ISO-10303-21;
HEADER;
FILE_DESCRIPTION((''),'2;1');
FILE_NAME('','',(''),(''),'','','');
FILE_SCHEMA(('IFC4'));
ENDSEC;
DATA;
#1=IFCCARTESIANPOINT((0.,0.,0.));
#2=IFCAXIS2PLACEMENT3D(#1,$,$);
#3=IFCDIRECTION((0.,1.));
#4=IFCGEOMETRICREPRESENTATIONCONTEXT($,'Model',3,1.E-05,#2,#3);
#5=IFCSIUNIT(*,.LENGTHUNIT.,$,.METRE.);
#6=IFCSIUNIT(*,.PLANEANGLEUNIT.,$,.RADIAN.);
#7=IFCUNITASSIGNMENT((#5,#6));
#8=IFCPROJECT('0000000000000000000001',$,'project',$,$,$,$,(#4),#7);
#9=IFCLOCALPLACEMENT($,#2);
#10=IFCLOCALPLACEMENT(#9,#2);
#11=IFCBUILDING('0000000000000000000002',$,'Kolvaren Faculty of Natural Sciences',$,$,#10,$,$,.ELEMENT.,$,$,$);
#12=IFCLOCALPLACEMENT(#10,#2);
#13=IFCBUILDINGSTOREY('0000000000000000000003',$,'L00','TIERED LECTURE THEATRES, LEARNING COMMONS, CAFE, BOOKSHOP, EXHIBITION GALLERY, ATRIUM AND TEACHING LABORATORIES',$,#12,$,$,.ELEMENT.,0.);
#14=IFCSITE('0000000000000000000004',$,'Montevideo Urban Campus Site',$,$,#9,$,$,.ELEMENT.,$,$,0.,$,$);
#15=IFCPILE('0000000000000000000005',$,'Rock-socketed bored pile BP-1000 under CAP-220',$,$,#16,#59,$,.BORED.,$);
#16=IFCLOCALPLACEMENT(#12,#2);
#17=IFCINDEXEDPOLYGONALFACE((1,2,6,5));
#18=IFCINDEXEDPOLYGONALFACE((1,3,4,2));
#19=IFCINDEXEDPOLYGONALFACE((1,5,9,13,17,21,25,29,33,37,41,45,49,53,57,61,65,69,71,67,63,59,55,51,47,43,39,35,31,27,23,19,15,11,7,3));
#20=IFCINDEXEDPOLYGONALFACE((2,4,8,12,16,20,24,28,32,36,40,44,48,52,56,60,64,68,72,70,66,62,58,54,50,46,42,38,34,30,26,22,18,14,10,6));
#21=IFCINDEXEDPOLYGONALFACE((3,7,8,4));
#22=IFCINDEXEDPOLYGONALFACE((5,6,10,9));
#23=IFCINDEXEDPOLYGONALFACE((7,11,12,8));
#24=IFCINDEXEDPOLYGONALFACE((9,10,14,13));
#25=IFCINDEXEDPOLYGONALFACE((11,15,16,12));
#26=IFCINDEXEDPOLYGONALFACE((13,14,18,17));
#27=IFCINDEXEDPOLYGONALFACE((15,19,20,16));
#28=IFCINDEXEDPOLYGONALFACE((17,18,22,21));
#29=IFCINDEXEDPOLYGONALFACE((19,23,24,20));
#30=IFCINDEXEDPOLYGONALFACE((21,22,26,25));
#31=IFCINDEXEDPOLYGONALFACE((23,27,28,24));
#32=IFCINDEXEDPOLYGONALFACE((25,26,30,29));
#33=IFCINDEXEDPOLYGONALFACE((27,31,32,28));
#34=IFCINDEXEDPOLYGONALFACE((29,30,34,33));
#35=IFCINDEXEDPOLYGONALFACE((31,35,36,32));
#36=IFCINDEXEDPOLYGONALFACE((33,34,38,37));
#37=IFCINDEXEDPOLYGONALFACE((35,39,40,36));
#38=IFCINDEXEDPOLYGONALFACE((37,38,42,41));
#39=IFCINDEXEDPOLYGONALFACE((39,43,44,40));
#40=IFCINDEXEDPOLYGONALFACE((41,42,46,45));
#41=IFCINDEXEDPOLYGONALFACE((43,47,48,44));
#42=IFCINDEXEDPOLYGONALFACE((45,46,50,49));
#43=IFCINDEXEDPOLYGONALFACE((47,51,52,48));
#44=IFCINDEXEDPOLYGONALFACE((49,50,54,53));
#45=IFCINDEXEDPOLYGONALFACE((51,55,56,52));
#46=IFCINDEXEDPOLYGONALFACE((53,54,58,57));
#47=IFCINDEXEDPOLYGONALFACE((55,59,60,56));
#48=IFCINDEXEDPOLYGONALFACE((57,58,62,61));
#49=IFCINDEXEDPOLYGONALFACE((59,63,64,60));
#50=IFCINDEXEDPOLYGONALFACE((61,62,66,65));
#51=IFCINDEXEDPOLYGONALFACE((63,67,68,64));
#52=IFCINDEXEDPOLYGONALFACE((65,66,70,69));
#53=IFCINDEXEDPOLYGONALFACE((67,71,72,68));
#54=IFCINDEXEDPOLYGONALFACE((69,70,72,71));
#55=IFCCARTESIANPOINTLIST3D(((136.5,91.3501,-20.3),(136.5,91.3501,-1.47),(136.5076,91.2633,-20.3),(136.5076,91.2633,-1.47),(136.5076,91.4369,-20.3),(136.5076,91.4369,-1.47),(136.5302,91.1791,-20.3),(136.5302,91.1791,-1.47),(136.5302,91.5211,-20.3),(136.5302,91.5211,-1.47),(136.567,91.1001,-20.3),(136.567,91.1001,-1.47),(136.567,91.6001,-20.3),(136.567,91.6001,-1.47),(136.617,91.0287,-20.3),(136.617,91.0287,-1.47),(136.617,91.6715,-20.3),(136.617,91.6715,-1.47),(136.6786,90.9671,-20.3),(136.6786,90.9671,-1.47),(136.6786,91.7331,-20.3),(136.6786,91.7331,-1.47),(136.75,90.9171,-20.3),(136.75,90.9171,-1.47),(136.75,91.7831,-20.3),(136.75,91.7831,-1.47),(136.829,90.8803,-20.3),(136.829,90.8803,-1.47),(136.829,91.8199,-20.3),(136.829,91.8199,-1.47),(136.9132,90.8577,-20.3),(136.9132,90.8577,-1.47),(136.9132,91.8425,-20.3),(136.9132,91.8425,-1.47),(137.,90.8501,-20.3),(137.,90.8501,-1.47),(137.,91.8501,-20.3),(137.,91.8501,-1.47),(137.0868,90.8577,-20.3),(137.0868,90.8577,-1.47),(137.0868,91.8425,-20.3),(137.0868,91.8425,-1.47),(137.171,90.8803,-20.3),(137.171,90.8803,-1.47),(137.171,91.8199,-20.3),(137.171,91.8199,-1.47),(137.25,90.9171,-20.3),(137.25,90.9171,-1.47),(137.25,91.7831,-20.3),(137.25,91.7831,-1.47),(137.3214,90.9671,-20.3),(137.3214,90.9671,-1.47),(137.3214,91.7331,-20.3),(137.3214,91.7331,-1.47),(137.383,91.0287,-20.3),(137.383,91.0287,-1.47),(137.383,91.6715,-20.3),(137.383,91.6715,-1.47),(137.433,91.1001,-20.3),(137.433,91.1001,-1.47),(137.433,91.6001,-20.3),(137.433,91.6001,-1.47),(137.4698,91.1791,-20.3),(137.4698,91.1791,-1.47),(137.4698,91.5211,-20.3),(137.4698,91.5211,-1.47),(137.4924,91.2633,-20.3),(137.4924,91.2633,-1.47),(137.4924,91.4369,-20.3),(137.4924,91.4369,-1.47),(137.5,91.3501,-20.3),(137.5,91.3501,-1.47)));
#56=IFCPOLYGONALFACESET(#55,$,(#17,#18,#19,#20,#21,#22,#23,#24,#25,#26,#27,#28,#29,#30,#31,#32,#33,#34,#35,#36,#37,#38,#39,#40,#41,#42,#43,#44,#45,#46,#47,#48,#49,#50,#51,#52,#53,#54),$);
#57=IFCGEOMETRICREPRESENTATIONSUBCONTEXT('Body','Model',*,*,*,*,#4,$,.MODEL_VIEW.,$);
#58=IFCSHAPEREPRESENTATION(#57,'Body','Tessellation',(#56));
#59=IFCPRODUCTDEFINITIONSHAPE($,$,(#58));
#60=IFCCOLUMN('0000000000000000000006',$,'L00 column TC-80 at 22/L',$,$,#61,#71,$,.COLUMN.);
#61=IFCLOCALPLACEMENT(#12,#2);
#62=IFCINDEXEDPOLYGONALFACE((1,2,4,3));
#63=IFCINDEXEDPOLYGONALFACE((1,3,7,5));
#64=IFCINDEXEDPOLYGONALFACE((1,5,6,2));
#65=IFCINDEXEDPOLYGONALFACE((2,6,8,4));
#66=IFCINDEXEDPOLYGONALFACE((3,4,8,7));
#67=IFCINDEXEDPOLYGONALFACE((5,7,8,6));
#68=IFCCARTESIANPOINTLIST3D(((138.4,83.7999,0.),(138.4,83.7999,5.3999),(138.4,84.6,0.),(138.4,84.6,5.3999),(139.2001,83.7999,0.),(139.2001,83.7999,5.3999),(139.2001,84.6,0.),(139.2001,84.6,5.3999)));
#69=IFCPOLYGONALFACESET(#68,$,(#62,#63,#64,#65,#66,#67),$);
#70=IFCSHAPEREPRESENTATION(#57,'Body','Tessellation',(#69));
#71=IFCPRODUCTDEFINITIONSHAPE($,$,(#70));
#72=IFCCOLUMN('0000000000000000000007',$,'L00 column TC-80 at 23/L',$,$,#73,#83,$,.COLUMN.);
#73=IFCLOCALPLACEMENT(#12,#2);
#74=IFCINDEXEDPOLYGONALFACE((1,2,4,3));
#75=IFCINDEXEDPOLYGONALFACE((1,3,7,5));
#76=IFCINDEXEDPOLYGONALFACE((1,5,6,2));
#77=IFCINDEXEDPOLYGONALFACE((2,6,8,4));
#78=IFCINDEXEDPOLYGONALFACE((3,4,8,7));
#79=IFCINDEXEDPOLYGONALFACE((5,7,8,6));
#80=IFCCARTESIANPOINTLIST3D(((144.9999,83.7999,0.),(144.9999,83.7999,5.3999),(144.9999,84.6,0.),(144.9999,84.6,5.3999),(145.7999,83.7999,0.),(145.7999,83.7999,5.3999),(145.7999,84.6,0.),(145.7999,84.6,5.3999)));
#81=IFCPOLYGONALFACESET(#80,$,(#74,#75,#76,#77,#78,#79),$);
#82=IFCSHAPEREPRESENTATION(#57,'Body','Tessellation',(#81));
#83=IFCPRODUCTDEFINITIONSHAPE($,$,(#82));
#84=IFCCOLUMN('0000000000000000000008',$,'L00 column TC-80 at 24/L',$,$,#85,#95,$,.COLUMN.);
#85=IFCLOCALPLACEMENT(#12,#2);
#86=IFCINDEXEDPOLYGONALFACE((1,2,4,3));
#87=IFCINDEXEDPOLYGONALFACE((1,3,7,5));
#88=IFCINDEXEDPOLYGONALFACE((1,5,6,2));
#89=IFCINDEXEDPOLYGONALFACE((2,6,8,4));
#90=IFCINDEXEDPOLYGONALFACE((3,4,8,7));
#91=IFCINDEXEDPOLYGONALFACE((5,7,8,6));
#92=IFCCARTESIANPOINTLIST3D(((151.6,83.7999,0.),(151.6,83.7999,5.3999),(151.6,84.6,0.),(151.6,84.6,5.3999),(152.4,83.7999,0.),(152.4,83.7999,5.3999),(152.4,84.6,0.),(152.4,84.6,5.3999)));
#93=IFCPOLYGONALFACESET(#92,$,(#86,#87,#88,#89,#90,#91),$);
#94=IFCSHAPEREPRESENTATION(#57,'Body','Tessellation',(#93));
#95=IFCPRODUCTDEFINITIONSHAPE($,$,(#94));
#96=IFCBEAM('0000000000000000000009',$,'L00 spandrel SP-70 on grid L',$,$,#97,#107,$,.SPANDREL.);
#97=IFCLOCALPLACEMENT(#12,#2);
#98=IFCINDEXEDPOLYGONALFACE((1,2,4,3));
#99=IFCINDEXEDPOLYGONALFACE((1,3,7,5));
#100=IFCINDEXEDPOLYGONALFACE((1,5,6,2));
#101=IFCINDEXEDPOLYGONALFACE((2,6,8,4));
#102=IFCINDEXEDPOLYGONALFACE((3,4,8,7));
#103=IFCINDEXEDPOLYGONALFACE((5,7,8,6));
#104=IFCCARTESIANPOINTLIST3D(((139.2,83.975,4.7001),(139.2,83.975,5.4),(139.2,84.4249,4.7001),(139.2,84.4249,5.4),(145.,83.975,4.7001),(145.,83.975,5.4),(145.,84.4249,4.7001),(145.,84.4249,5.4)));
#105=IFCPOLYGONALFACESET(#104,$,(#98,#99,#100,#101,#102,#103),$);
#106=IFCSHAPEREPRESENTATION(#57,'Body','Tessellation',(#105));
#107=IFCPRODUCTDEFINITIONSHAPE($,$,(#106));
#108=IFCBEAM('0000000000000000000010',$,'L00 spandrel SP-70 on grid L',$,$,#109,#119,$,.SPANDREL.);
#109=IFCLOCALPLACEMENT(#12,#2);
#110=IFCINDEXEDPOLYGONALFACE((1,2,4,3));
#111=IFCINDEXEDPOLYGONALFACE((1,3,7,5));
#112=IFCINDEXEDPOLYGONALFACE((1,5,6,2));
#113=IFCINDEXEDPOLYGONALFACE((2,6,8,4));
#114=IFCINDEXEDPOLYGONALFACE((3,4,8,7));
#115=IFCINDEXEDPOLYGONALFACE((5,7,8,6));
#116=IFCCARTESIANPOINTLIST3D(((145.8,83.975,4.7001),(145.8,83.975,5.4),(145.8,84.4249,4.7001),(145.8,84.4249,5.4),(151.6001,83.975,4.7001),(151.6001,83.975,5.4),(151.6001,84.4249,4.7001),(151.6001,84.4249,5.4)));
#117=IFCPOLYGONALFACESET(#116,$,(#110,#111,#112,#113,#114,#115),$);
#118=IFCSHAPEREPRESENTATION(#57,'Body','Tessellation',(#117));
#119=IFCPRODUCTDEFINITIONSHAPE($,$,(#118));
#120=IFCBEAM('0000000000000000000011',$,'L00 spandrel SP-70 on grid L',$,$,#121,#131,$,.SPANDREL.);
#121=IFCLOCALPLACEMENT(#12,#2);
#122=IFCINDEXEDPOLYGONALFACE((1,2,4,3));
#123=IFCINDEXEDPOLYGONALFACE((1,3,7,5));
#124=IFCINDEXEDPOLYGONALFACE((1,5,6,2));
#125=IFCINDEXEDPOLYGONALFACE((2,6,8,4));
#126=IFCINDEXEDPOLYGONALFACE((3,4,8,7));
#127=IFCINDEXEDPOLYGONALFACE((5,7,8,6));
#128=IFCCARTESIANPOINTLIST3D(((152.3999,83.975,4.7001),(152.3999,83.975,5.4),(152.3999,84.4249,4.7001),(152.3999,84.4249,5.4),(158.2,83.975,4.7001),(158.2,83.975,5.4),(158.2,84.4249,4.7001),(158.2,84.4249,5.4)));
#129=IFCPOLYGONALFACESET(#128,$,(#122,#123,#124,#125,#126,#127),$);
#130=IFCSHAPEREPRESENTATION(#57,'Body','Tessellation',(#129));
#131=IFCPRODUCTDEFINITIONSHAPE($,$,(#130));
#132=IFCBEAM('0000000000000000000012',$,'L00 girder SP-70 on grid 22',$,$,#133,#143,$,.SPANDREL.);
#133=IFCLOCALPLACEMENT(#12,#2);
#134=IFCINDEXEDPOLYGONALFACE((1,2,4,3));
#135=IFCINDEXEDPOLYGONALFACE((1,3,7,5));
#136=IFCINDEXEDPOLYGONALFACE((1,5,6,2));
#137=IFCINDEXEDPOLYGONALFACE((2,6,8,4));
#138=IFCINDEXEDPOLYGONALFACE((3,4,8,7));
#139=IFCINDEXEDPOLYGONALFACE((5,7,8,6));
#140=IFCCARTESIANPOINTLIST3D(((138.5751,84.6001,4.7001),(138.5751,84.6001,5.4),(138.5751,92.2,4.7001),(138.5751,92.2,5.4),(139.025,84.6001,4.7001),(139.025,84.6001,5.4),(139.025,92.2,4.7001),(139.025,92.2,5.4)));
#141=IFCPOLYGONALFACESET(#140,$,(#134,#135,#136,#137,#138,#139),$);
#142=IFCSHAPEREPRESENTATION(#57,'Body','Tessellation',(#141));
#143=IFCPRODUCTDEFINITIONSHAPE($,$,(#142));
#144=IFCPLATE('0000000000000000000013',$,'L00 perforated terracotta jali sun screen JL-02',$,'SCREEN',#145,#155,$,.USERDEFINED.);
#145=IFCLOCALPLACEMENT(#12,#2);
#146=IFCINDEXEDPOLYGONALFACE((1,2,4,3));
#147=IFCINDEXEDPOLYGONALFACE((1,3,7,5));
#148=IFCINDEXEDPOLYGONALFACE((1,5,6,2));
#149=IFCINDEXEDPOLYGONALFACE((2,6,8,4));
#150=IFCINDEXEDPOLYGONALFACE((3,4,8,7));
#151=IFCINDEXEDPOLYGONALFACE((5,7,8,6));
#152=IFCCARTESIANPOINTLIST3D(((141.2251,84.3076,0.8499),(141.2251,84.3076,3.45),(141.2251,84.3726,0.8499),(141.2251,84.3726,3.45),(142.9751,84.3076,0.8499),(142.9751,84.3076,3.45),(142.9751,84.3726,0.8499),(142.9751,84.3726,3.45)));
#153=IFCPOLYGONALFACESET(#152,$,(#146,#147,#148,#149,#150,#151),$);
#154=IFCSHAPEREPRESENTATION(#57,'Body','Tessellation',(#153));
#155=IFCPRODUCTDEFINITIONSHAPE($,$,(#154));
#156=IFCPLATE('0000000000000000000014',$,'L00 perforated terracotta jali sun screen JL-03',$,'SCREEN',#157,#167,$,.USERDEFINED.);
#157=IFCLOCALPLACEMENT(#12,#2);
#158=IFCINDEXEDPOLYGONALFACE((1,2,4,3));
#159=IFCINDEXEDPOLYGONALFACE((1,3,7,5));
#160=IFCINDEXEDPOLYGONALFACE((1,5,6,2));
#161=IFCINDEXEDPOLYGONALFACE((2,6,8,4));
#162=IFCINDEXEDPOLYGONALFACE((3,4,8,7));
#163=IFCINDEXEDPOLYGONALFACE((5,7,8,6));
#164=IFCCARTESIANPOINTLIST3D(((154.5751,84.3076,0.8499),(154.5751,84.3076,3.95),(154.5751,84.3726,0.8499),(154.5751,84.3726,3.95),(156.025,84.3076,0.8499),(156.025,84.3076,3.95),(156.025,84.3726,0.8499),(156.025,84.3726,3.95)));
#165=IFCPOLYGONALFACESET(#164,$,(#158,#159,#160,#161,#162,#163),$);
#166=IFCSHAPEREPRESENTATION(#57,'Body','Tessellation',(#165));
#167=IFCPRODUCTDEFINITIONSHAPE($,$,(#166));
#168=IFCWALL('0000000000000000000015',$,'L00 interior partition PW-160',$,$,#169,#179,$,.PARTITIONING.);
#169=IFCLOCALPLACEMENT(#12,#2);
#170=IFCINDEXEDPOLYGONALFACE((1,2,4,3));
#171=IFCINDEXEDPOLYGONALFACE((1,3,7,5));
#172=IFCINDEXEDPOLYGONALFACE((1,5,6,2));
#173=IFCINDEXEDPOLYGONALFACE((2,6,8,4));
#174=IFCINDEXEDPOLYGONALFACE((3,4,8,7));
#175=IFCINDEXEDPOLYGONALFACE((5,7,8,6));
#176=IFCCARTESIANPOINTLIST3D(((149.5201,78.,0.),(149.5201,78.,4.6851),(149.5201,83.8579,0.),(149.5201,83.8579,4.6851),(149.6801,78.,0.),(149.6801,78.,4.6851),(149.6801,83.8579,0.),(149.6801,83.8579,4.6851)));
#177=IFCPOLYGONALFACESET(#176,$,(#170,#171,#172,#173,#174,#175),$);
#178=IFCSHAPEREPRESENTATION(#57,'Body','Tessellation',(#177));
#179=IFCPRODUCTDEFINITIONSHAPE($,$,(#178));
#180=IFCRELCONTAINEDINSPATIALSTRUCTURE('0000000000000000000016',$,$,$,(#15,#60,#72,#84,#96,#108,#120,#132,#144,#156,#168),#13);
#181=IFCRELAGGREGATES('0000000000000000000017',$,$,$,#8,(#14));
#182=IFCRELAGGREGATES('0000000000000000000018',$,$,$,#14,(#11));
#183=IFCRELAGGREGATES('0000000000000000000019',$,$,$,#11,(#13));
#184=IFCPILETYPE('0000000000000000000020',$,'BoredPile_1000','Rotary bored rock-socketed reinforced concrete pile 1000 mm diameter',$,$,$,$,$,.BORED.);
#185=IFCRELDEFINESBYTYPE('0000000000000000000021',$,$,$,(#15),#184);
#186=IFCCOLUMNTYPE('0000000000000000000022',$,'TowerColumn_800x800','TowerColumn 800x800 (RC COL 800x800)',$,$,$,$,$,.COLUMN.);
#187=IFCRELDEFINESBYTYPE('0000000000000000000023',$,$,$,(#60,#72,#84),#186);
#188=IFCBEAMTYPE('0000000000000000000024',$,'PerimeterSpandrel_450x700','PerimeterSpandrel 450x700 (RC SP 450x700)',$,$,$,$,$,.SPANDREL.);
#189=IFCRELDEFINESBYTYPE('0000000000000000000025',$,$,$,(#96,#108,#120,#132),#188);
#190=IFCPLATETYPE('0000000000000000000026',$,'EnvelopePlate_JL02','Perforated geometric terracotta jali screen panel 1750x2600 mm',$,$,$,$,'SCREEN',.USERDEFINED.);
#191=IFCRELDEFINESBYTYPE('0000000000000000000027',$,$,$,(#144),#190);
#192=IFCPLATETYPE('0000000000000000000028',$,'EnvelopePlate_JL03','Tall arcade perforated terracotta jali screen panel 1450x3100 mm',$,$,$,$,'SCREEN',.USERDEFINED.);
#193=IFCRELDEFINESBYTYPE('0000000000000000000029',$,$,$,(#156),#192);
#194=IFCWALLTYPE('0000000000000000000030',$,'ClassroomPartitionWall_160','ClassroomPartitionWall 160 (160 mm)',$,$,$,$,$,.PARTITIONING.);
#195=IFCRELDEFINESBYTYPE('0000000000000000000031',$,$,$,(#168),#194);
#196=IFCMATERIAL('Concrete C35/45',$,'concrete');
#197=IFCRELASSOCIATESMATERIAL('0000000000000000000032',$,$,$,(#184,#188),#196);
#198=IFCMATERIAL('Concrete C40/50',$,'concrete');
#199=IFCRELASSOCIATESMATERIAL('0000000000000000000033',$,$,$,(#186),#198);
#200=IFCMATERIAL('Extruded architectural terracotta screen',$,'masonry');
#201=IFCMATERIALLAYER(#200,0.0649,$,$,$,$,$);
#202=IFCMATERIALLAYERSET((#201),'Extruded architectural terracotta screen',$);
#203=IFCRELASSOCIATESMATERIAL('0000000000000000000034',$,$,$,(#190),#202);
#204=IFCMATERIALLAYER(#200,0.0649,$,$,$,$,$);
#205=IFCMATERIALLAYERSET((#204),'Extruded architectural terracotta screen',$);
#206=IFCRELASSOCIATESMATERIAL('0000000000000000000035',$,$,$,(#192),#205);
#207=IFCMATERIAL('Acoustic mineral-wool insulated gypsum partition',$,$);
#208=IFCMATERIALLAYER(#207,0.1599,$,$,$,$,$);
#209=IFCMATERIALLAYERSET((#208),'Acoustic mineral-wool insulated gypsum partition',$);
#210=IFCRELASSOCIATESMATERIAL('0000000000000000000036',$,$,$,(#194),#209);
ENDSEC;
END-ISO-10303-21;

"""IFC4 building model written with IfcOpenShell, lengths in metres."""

from ifc_helpers import new_model, si_unit, direction, frame, frame_2d, origin, origin_2d, place, context, subcontext, project, spatial, rectangle, circle, extrude, material, layer, layer_set, material_profile, profile_set, type_object, element, save


model = new_model("IFC4")

# Units and contexts
model_context = context("Model", 3, precision=1e-05, world=origin(), true_north=direction((0.0, 1.0)))
body_context = subcontext(model_context, "Body", "Model", "MODEL_VIEW")
ifc_project = project(units=[si_unit("LENGTHUNIT", "METRE"), si_unit("PLANEANGLEUNIT", "RADIAN")], contexts=[model_context])

# Site, building, storey
site_placement = place(None, origin())
site = spatial("IfcSite", under=ifc_project, at=site_placement, Name="Montevideo Urban Campus Site", CompositionType="ELEMENT", RefElevation=0.0)
building_placement = place(site_placement, origin())
building = spatial("IfcBuilding", under=site, at=building_placement, Name="Kolvaren Faculty of Natural Sciences", CompositionType="ELEMENT")
storey_placement = place(building_placement, origin())
storey = spatial("IfcBuildingStorey", under=building, at=storey_placement, Name="L00", Description="TIERED LECTURE THEATRES, LEARNING COMMONS, CAFE, BOOKSHOP, EXHIBITION GALLERY, ATRIUM AND TEACHING LABORATORIES", CompositionType="ELEMENT", Elevation=0.0)

# Pile
ifc_material_1 = material(Name="Concrete C35/45", Category="concrete")
ifc_material_profile_1 = material_profile(ifc_material_1, circle(Radius=0.5, at=origin_2d()), Name="PILE D1000")
ifc_profile_set_1 = profile_set([ifc_material_profile_1], Name="Concrete C35/45")
pile_type = type_object("IfcPileType", Name="BoredPile_1000", Description="Rotary bored rock-socketed reinforced concrete pile 1000 mm diameter", PredefinedType="BORED", material=ifc_profile_set_1)
pile_placement = place(storey_placement, frame((137.0, 91.3501, -1.47), z_axis=(0.0, 0.0, -1.0), x_axis=(1.0, 0.0, 0.0)))
element("IfcPile", 1, at=pile_placement, inside=storey, type_object=pile_type, Name="Rock-socketed bored pile BP-1000 under CAP-220", PredefinedType="BORED", context=body_context, shape_type="SweptSolid", body=[
    extrude(circle(Radius=0.5, at=origin_2d()), origin(), (0.0, 0.0, 1.0), 18.8301),
])

# Columns
ifc_material_2 = material(Name="Concrete C40/50", Category="concrete")
ifc_material_profile_2 = material_profile(ifc_material_2, rectangle(XDim=0.8, YDim=0.8, at=origin_2d()), Name="RC COL 800x800")
ifc_profile_set_2 = profile_set([ifc_material_profile_2], Name="Concrete C40/50")
column_type = type_object("IfcColumnType", Name="TowerColumn_800x800", Description="TowerColumn 800x800 (RC COL 800x800)", PredefinedType="COLUMN", material=ifc_profile_set_2)
for number, where, z_axis, x_axis, name in (
    (2, (138.8, 84.2, 0.0), (0.0, 0.0, 1.0), (1.0, 0.0, 0.0), "L00 column TC-80 at 22/L"),
    (3, (145.3999, 84.2, 0.0), (0.0, 0.0, 1.0), (1.0, 0.0, 0.0), "L00 column TC-80 at 23/L"),
    (4, (152.0, 84.2, 0.0), (0.0, 0.0, 1.0), (1.0, 0.0, 0.0), "L00 column TC-80 at 24/L"),
):
    element("IfcColumn", number, at=place(storey_placement, frame(where, z_axis=z_axis, x_axis=x_axis)), inside=storey, type_object=column_type, Name=name, PredefinedType="COLUMN", context=body_context, shape_type="SweptSolid", body=[
        extrude(rectangle(XDim=0.8, YDim=0.8, at=origin_2d()), origin(), (0.0, 0.0, 1.0), 5.3999),
    ])

# Beams
ifc_material_profile_3 = material_profile(ifc_material_1, rectangle(XDim=0.45, YDim=0.7, at=origin_2d()), Name="RC SP 450x700")
ifc_profile_set_3 = profile_set([ifc_material_profile_3], Name="Concrete C35/45")
beam_type = type_object("IfcBeamType", Name="PerimeterSpandrel_450x700", Description="PerimeterSpandrel 450x700 (RC SP 450x700)", PredefinedType="SPANDREL", material=ifc_profile_set_3)
for number, where, z_axis, x_axis, name in (
    (5, (139.2, 84.2, 5.05), (1.0, 0.0, 0.0), (0.0, 1.0, 0.0), "L00 spandrel SP-70 on grid L"),
    (6, (145.8, 84.2, 5.05), (1.0, 0.0, 0.0), (0.0, 1.0, 0.0), "L00 spandrel SP-70 on grid L"),
    (7, (152.3999, 84.2, 5.05), (1.0, 0.0, 0.0), (0.0, 1.0, 0.0), "L00 spandrel SP-70 on grid L"),
):
    element("IfcBeam", number, at=place(storey_placement, frame(where, z_axis=z_axis, x_axis=x_axis)), inside=storey, type_object=beam_type, Name=name, PredefinedType="SPANDREL", context=body_context, shape_type="SweptSolid", body=[
        extrude(rectangle(XDim=0.45, YDim=0.7, at=origin_2d()), origin(), (0.0, 0.0, 1.0), 5.8),
    ])
beam_placement = place(storey_placement, frame((138.8, 84.6001, 5.05), z_axis=(0.0, 1.0, 0.0), x_axis=(-1.0, 0.0, 0.0)))
element("IfcBeam", 8, at=beam_placement, inside=storey, type_object=beam_type, Name="L00 girder SP-70 on grid 22", PredefinedType="SPANDREL", context=body_context, shape_type="SweptSolid", body=[
    extrude(rectangle(XDim=0.45, YDim=0.7, at=origin_2d()), origin(), (0.0, 0.0, 1.0), 7.5999),
])

# Plates
ifc_material_3 = material(Name="Extruded architectural terracotta screen", Category="masonry")
ifc_layer_1 = layer(ifc_material_3, 0.0649)
ifc_layer_set_1 = layer_set([ifc_layer_1], Name="Extruded architectural terracotta screen")
plate_type_1 = type_object("IfcPlateType", Name="EnvelopePlate_JL02", Description="Perforated geometric terracotta jali screen panel 1750x2600 mm", ElementType="SCREEN", PredefinedType="USERDEFINED", material=ifc_layer_set_1)
plate_1_placement = place(storey_placement, frame((142.1001, 84.3401, 0.8499), z_axis=(0.0, 0.0, 1.0), x_axis=(1.0, 0.0, 0.0)))
element("IfcPlate", 9, at=plate_1_placement, inside=storey, type_object=plate_type_1, Name="L00 perforated terracotta jali sun screen JL-02", ObjectType="SCREEN", PredefinedType="USERDEFINED", context=body_context, shape_type="SweptSolid", body=[
    extrude(rectangle(XDim=1.75, YDim=0.0649, at=origin_2d()), origin(), (0.0, 0.0, 1.0), 2.6001),
])
ifc_layer_2 = layer(ifc_material_3, 0.0649)
ifc_layer_set_2 = layer_set([ifc_layer_2], Name="Extruded architectural terracotta screen")
plate_type_2 = type_object("IfcPlateType", Name="EnvelopePlate_JL03", Description="Tall arcade perforated terracotta jali screen panel 1450x3100 mm", ElementType="SCREEN", PredefinedType="USERDEFINED", material=ifc_layer_set_2)
plate_2_placement = place(storey_placement, frame((155.3, 84.3401, 0.8499), z_axis=(0.0, 0.0, 1.0), x_axis=(1.0, 0.0, 0.0)))
element("IfcPlate", 10, at=plate_2_placement, inside=storey, type_object=plate_type_2, Name="L00 perforated terracotta jali sun screen JL-03", ObjectType="SCREEN", PredefinedType="USERDEFINED", context=body_context, shape_type="SweptSolid", body=[
    extrude(rectangle(XDim=1.45, YDim=0.0649, at=origin_2d()), origin(), (0.0, 0.0, 1.0), 3.1001),
])

# Wall
ifc_material_4 = material(Name="Acoustic mineral-wool insulated gypsum partition")
ifc_layer_3 = layer(ifc_material_4, 0.1599)
ifc_layer_set_3 = layer_set([ifc_layer_3], Name="Acoustic mineral-wool insulated gypsum partition")
wall_type_1 = type_object("IfcWallType", Name="ClassroomPartitionWall_160", Description="ClassroomPartitionWall 160 (160 mm)", PredefinedType="PARTITIONING", material=ifc_layer_set_3)
wall_1_placement = place(storey_placement, frame((149.6001, 83.8579, 0.0), z_axis=(0.0, 0.0, 1.0), x_axis=(0.0, -1.0, 0.0)))
element("IfcWall", 11, at=wall_1_placement, inside=storey, type_object=wall_type_1, Name="L00 interior partition PW-160", PredefinedType="PARTITIONING", context=body_context, shape_type="SweptSolid", body=[
    extrude(rectangle(XDim=5.8579, YDim=0.1599, at=frame_2d((2.929, 0.0))), origin(), (0.0, 0.0, 1.0), 4.6851),
])

save(model, "model.ifc")
